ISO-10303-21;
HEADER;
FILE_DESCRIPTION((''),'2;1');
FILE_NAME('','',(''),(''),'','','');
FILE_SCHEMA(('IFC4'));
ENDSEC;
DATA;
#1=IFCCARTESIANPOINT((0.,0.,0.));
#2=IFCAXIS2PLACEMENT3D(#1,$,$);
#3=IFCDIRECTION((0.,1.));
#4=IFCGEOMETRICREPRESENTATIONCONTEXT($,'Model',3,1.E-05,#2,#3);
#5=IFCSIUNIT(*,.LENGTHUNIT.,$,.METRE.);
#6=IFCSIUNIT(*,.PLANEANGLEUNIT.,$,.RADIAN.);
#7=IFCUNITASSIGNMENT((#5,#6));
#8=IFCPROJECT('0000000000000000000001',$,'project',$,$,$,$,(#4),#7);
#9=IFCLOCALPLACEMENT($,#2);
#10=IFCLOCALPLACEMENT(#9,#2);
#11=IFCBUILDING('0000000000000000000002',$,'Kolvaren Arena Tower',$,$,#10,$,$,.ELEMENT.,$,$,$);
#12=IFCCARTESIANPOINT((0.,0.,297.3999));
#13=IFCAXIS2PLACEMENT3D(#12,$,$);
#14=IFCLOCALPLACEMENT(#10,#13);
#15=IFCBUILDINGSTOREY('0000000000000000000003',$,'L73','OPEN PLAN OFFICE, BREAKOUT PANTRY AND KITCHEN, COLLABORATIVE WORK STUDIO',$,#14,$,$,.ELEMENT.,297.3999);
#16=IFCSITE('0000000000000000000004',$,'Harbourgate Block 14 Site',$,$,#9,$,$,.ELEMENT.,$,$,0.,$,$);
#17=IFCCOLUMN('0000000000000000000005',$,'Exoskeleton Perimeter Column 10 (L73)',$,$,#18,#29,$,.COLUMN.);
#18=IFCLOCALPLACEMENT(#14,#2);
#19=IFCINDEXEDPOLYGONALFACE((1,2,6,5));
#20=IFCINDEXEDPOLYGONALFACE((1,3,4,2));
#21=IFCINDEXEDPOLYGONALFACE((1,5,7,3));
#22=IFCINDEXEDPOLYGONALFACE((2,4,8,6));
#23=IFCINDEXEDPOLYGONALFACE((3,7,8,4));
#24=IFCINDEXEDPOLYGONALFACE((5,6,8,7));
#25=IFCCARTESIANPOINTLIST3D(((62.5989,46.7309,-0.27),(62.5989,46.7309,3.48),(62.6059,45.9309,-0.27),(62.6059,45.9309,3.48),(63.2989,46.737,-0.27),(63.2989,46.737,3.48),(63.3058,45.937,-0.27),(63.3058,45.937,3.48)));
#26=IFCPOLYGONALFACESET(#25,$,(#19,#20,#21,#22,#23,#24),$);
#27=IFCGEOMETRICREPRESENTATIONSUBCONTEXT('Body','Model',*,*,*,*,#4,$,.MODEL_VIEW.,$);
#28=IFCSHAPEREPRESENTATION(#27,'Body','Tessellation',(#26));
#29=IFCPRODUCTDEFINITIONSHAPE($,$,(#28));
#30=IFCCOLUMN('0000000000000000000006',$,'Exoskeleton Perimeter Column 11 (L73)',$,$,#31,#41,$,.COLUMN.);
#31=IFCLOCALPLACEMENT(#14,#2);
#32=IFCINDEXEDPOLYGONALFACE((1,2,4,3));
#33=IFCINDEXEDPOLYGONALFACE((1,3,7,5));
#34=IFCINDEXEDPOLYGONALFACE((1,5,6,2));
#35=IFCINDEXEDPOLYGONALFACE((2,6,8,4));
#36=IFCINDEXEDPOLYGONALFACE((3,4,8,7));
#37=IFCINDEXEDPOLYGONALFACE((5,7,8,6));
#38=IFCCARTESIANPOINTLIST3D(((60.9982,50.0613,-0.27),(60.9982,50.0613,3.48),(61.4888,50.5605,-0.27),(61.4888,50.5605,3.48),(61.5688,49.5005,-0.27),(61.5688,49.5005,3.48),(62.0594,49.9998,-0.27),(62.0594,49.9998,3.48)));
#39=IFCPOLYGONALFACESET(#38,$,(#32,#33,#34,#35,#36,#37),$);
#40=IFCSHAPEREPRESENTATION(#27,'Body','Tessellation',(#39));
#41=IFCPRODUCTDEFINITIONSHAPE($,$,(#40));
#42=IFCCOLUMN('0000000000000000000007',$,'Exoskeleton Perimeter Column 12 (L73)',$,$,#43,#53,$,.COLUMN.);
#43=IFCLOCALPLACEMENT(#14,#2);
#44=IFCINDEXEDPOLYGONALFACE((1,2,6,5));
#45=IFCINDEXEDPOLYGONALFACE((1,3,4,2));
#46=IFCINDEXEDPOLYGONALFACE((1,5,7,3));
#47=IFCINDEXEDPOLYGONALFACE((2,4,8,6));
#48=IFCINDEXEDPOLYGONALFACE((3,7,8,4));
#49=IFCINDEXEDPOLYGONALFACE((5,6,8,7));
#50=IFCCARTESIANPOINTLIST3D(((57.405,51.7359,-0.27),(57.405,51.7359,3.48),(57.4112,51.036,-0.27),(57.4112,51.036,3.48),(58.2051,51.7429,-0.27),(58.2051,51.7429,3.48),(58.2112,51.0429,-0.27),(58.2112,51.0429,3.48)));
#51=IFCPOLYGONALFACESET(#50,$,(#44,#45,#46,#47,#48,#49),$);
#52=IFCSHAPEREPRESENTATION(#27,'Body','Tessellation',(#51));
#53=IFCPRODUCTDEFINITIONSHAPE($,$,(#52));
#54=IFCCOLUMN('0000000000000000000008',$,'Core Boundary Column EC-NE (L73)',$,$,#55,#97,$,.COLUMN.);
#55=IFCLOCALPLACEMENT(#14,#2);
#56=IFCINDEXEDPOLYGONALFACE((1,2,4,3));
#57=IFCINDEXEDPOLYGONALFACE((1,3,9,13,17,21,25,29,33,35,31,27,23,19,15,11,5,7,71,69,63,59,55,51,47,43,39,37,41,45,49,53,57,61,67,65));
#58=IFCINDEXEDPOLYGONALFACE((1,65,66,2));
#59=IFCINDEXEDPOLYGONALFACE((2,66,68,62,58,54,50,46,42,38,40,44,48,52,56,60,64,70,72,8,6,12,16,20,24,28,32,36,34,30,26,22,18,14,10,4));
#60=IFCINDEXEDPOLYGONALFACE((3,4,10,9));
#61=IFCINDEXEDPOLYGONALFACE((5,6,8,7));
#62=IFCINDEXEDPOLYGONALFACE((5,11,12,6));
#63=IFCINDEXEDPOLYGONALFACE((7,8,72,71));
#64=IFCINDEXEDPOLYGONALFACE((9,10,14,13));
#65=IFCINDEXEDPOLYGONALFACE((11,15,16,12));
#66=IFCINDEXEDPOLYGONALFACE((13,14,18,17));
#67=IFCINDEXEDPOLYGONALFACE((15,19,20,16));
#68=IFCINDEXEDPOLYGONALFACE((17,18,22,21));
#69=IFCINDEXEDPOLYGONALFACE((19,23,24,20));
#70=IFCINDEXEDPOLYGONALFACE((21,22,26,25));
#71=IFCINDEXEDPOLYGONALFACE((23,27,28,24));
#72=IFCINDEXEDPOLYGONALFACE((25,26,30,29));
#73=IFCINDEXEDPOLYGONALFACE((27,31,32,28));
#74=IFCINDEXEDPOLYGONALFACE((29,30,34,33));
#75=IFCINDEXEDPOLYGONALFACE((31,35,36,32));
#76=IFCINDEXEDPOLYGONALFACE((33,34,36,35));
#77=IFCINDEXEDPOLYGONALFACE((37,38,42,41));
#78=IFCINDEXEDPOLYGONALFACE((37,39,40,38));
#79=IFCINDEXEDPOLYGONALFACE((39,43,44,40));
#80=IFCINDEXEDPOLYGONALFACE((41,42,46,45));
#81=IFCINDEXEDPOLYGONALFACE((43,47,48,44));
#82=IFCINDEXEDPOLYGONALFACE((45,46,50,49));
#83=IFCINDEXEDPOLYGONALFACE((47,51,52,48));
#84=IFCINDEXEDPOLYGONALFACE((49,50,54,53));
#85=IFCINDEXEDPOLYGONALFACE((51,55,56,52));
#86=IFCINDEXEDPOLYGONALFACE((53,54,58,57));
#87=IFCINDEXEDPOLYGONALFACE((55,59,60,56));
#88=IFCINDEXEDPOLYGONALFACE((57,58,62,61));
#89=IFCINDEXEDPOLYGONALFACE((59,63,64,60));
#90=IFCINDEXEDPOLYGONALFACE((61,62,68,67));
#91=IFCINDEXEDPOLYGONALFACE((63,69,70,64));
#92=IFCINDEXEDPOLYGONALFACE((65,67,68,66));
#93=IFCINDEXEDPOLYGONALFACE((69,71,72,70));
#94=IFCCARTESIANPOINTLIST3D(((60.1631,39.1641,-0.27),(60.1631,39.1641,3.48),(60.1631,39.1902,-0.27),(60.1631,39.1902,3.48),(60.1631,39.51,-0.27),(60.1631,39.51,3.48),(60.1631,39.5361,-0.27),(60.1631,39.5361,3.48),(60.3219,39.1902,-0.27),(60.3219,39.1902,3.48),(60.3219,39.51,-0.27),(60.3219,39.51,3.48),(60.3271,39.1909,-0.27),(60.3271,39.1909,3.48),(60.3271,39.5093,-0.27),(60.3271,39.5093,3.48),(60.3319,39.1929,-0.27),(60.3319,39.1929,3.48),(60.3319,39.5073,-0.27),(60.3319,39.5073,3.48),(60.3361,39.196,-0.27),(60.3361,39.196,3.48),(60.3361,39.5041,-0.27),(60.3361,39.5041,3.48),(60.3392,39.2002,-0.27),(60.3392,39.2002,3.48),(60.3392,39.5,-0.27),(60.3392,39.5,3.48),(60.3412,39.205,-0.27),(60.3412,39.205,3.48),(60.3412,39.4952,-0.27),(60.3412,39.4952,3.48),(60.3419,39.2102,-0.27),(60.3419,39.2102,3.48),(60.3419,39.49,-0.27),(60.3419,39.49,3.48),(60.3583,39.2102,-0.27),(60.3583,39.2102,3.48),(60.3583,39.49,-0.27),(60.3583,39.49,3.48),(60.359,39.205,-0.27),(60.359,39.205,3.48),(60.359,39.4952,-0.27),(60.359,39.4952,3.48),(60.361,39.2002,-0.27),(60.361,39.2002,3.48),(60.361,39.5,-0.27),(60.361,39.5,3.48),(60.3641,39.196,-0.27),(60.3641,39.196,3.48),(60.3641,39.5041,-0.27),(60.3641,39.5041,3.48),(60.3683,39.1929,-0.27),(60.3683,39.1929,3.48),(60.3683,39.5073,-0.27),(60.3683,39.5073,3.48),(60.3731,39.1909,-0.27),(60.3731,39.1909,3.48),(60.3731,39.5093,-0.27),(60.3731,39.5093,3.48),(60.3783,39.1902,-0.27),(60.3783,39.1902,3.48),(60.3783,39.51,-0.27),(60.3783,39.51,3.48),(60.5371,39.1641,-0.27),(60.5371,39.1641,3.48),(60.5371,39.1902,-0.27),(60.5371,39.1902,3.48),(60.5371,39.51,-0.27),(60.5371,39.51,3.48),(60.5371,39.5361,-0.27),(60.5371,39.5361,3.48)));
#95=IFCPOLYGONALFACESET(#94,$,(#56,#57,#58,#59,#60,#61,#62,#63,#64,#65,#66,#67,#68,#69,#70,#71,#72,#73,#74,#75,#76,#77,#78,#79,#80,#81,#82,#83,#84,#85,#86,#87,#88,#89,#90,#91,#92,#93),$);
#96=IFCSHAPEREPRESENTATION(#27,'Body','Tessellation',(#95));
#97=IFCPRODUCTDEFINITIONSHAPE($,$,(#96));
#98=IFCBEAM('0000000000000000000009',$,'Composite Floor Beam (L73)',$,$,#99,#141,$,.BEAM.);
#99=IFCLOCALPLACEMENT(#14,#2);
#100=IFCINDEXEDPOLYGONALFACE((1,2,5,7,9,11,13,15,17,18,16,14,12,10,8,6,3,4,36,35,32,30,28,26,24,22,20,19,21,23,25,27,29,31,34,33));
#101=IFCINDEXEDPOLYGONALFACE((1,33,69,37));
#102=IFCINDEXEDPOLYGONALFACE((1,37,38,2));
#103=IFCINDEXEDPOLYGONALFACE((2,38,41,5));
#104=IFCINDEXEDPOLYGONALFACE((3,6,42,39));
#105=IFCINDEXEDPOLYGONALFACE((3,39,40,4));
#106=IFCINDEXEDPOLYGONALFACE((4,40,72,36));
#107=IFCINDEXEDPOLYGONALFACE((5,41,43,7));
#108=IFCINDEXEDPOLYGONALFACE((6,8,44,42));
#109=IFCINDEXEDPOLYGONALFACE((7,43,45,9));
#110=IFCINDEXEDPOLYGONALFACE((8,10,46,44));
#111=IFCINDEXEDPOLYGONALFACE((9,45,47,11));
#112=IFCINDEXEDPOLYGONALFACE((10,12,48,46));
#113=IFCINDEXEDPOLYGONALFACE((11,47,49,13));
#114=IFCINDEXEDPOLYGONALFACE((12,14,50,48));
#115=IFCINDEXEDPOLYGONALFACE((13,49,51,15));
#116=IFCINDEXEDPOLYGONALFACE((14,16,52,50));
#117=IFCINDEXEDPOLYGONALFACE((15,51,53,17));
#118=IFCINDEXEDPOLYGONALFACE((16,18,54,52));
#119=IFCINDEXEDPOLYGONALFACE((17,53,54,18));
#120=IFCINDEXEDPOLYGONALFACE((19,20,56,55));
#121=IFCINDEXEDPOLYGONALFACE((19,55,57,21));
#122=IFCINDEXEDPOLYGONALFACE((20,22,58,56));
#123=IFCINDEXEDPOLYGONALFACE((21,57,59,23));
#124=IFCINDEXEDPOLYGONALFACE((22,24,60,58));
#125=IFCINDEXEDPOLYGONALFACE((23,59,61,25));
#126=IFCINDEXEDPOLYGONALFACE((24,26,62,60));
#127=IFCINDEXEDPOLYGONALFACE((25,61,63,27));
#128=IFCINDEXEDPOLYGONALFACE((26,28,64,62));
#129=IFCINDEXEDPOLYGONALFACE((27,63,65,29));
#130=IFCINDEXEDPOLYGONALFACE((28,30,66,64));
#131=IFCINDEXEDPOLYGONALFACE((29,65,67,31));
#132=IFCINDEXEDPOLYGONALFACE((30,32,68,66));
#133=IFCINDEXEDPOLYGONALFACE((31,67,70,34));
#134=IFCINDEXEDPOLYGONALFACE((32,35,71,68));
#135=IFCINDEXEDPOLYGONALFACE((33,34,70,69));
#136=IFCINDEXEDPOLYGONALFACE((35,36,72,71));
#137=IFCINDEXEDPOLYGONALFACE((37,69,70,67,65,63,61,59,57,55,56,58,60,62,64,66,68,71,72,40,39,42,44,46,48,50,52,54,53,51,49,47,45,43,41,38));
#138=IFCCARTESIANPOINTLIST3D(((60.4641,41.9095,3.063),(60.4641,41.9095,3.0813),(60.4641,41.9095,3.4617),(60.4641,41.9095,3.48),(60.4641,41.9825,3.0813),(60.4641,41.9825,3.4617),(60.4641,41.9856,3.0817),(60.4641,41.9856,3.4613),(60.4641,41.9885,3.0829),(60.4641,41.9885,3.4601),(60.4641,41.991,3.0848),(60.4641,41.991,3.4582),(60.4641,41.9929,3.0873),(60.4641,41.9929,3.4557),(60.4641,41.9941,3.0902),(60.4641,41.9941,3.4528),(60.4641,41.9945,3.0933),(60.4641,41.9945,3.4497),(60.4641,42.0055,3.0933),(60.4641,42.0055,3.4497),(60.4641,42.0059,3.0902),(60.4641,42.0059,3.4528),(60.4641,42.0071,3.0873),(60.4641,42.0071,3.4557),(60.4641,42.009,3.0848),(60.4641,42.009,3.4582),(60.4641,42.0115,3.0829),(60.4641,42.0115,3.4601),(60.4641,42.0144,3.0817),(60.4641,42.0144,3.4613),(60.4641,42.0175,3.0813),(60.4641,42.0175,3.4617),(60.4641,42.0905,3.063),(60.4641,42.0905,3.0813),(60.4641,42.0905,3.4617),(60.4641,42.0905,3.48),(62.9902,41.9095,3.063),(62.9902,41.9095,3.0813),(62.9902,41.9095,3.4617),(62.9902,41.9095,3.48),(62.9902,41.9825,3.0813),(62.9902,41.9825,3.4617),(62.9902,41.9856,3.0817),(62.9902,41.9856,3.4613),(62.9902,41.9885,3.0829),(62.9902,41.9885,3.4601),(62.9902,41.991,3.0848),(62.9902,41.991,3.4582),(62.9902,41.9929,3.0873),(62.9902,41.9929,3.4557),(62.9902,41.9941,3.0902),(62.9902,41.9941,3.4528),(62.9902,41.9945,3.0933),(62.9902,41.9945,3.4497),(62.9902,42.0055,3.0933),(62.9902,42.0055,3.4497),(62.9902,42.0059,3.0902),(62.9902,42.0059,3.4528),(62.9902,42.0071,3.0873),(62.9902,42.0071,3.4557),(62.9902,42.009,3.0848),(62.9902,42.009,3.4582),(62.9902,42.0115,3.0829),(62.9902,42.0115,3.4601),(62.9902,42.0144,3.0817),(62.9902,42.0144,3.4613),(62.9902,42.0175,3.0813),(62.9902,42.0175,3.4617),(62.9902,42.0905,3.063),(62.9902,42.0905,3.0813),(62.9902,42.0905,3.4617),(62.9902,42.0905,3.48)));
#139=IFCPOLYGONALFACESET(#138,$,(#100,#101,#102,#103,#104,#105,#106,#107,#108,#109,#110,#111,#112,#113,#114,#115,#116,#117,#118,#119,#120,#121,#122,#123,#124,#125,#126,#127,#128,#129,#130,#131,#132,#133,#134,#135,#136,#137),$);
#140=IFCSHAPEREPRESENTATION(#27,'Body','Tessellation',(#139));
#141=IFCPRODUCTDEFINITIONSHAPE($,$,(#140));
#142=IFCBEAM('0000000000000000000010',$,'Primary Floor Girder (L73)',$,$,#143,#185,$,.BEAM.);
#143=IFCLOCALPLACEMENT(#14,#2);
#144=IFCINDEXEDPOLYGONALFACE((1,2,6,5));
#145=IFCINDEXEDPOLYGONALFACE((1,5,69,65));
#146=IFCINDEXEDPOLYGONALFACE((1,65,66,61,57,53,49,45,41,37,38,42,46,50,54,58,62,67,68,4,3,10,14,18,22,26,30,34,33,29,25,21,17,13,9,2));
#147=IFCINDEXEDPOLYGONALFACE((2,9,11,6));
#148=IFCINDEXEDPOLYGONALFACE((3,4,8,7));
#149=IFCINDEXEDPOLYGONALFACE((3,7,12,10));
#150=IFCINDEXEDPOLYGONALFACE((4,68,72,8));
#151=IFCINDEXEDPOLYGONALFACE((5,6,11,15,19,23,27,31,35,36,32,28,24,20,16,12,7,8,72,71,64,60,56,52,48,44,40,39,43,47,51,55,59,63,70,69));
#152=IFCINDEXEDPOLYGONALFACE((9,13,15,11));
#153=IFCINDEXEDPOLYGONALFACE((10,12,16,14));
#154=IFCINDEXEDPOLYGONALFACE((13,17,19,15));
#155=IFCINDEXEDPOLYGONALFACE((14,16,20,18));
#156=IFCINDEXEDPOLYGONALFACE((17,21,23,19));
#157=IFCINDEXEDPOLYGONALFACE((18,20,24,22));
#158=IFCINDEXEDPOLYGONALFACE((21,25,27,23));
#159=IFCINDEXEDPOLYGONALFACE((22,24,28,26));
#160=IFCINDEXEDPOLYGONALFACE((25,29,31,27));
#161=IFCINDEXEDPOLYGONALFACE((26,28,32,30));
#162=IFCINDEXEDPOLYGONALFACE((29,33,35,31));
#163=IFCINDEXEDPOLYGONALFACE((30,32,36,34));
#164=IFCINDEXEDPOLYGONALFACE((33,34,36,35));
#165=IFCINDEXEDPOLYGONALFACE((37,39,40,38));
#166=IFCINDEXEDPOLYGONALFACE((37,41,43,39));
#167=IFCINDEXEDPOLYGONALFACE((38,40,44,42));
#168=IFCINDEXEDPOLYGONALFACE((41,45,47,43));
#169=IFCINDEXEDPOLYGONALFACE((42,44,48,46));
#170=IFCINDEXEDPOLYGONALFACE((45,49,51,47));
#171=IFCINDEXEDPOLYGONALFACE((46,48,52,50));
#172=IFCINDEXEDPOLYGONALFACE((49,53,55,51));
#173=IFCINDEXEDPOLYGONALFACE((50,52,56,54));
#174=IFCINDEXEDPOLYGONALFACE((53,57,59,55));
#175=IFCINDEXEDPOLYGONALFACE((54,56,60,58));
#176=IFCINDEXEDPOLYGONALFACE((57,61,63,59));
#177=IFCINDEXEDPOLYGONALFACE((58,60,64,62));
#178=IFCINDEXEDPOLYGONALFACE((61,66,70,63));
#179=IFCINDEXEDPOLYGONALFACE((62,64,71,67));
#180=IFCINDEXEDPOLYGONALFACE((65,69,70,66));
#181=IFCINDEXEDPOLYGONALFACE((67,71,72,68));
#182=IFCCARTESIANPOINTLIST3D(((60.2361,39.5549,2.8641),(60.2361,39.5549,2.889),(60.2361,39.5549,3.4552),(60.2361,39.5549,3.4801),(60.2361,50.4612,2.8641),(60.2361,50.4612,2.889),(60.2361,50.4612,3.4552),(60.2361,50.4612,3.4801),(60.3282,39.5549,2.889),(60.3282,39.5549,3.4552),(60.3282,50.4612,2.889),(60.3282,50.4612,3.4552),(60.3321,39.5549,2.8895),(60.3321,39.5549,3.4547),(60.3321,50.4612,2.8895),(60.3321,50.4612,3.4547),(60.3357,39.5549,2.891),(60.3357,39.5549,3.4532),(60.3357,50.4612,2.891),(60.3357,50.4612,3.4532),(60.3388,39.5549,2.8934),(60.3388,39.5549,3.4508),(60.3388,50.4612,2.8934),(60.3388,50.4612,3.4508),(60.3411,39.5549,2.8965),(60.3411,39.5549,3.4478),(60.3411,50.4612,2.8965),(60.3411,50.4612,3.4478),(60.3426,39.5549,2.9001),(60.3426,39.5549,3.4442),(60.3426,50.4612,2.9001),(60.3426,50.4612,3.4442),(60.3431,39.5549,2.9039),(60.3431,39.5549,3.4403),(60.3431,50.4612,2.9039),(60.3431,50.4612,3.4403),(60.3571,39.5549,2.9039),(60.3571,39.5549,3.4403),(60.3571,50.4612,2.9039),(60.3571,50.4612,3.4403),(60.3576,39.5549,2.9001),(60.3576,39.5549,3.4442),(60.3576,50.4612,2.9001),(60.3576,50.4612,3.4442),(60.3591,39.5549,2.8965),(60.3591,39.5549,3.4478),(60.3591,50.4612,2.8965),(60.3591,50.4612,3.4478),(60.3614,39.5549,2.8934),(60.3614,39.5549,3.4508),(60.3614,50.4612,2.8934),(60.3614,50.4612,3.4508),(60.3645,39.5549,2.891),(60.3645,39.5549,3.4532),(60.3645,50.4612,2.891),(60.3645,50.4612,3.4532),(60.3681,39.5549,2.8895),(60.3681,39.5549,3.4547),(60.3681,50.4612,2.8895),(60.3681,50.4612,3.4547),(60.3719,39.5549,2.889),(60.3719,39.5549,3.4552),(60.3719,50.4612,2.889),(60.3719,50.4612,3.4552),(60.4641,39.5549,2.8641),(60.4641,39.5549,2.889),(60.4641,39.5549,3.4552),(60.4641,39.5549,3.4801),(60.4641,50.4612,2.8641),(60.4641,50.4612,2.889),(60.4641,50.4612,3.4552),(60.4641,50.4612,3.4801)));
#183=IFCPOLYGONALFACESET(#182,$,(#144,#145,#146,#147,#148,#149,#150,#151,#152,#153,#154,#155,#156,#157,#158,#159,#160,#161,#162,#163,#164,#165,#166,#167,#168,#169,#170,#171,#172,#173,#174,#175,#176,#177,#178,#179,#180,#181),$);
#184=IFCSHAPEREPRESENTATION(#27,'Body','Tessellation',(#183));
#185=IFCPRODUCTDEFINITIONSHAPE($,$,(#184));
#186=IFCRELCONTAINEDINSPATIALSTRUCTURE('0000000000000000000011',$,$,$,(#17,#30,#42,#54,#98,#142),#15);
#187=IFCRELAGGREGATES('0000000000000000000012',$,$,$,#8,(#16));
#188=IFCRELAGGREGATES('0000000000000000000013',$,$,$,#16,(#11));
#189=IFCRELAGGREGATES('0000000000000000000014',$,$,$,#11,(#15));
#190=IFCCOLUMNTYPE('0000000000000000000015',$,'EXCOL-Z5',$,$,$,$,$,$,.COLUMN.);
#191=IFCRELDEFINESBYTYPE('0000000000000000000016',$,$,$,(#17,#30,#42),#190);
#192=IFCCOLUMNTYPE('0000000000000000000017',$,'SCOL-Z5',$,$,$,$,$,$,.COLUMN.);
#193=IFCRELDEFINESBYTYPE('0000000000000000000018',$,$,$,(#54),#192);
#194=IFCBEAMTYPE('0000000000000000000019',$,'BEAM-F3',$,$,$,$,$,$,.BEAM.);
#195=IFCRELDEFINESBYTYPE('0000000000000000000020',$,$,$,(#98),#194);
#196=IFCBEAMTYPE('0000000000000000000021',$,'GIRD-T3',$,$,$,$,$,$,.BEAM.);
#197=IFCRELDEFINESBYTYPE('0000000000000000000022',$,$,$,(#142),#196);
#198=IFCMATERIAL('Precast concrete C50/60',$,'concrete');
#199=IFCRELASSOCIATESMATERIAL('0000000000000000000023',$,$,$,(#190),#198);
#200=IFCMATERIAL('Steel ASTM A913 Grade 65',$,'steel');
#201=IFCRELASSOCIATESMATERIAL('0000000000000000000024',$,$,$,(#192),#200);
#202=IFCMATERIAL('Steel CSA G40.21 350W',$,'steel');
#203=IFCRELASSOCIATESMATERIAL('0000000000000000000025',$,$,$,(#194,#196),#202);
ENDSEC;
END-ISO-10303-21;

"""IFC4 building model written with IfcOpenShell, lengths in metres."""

from ifc_helpers import new_model, si_unit, direction, frame, origin, origin_2d, place, context, subcontext, project, spatial, rectangle, i_section, extrude, material, material_profile, profile_set, type_object, element, save


model = new_model("IFC4")

# Units and contexts
model_context = context("Model", 3, precision=1e-05, world=origin(), true_north=direction((0.0, 1.0)))
body_context = subcontext(model_context, "Body", "Model", "MODEL_VIEW")
ifc_project = project(units=[si_unit("LENGTHUNIT", "METRE"), si_unit("PLANEANGLEUNIT", "RADIAN")], contexts=[model_context])

# Site, building, storey
site_placement = place(None, origin())
site = spatial("IfcSite", under=ifc_project, at=site_placement, Name="Harbourgate Block 14 Site", CompositionType="ELEMENT", RefElevation=0.0)
building_placement = place(site_placement, origin())
building = spatial("IfcBuilding", under=site, at=building_placement, Name="Kolvaren Arena Tower", CompositionType="ELEMENT")
storey_placement = place(building_placement, frame((0.0, 0.0, 297.3999)))
storey = spatial("IfcBuildingStorey", under=building, at=storey_placement, Name="L73", Description="OPEN PLAN OFFICE, BREAKOUT PANTRY AND KITCHEN, COLLABORATIVE WORK STUDIO", CompositionType="ELEMENT", Elevation=297.3999)

# Columns
ifc_material_1 = material(Name="Precast concrete C50/60", Category="concrete")
ifc_material_profile_1 = material_profile(ifc_material_1, rectangle(XDim=0.8, YDim=0.7, at=origin_2d()), Name="RC-800x700")
ifc_profile_set_1 = profile_set([ifc_material_profile_1], Name="Precast concrete C50/60")
column_type_1 = type_object("IfcColumnType", Name="EXCOL-Z5", PredefinedType="COLUMN", material=ifc_profile_set_1)
for number, where, z_axis, x_axis, name in (
    (1, (62.9524, 46.334, -0.27), (0.0, 0.0, 1.0), (-0.008727, 0.999962, 0.0), "Exoskeleton Perimeter Column 10 (L73)"),
    (2, (61.5288, 50.0305, -0.27), (0.0, 0.0, 1.0), (-0.71325, 0.700909, 0.0), "Exoskeleton Perimeter Column 11 (L73)"),
    (3, (57.8081, 51.3894, -0.27), (0.0, 0.0, 1.0), (0.999962, 0.008727, 0.0), "Exoskeleton Perimeter Column 12 (L73)"),
):
    element("IfcColumn", number, at=place(storey_placement, frame(where, z_axis=z_axis, x_axis=x_axis)), inside=storey, type_object=column_type_1, Name=name, PredefinedType="COLUMN", context=body_context, shape_type="SweptSolid", body=[
        extrude(rectangle(XDim=0.8, YDim=0.7, at=origin_2d()), origin(), (0.0, 0.0, 1.0), 3.75),
    ])
ifc_material_2 = material(Name="Steel ASTM A913 Grade 65", Category="steel")
ifc_material_profile_2 = material_profile(ifc_material_2, i_section(OverallWidth=0.374, OverallDepth=0.3721, WebThickness=0.0164, FlangeThickness=0.0261, FilletRadius=0.02, at=origin_2d()), Name="W360x196")
ifc_profile_set_2 = profile_set([ifc_material_profile_2], Name="Steel ASTM A913 Grade 65")
column_type_2 = type_object("IfcColumnType", Name="SCOL-Z5", PredefinedType="COLUMN", material=ifc_profile_set_2)
column_placement = place(storey_placement, frame((60.3501, 39.3501, -0.27), z_axis=(0.0, 0.0, 1.0), x_axis=(1.0, 0.0, 0.0)))
element("IfcColumn", 4, at=column_placement, inside=storey, type_object=column_type_2, Name="Core Boundary Column EC-NE (L73)", PredefinedType="COLUMN", context=body_context, shape_type="SweptSolid", body=[
    extrude(i_section(OverallWidth=0.374, OverallDepth=0.3721, WebThickness=0.0164, FlangeThickness=0.0261, FilletRadius=0.02, at=origin_2d()), origin(), (0.0, 0.0, 1.0), 3.75),
])

# Beams
ifc_material_3 = material(Name="Steel CSA G40.21 350W", Category="steel")
ifc_material_profile_3 = material_profile(ifc_material_3, i_section(OverallWidth=0.1809, OverallDepth=0.417, WebThickness=0.011, FlangeThickness=0.0183, FilletRadius=0.012, at=origin_2d()), Name="W410x85")
ifc_profile_set_3 = profile_set([ifc_material_profile_3], Name="Steel CSA G40.21 350W")
beam_type_1 = type_object("IfcBeamType", Name="BEAM-F3", PredefinedType="BEAM", material=ifc_profile_set_3)
beam_1_placement = place(storey_placement, frame((60.4641, 42.0, 3.2715), z_axis=(1.0, 0.0, 0.0), x_axis=(0.0, 1.0, 0.0)))
element("IfcBeam", 5, at=beam_1_placement, inside=storey, type_object=beam_type_1, Name="Composite Floor Beam (L73)", PredefinedType="BEAM", context=body_context, shape_type="SweptSolid", body=[
    extrude(i_section(OverallWidth=0.1809, OverallDepth=0.417, WebThickness=0.011, FlangeThickness=0.0183, FilletRadius=0.012, at=origin_2d()), origin(), (0.0, 0.0, 1.0), 2.5261),
])
ifc_material_profile_4 = material_profile(ifc_material_3, i_section(OverallWidth=0.228, OverallDepth=0.616, WebThickness=0.0139, FlangeThickness=0.0249, FilletRadius=0.0149, at=origin_2d()), Name="W610x174")
ifc_profile_set_4 = profile_set([ifc_material_profile_4], Name="Steel CSA G40.21 350W")
beam_type_2 = type_object("IfcBeamType", Name="GIRD-T3", PredefinedType="BEAM", material=ifc_profile_set_4)
beam_2_placement = place(storey_placement, frame((60.3501, 39.5549, 3.1721), z_axis=(0.0, 1.0, 0.0), x_axis=(-1.0, 0.0, 0.0)))
element("IfcBeam", 6, at=beam_2_placement, inside=storey, type_object=beam_type_2, Name="Primary Floor Girder (L73)", PredefinedType="BEAM", context=body_context, shape_type="SweptSolid", body=[
    extrude(i_section(OverallWidth=0.228, OverallDepth=0.616, WebThickness=0.0139, FlangeThickness=0.0249, FilletRadius=0.0149, at=origin_2d()), origin(), (0.0, 0.0, 1.0), 10.9062),
])

save(model, "model.ifc")
